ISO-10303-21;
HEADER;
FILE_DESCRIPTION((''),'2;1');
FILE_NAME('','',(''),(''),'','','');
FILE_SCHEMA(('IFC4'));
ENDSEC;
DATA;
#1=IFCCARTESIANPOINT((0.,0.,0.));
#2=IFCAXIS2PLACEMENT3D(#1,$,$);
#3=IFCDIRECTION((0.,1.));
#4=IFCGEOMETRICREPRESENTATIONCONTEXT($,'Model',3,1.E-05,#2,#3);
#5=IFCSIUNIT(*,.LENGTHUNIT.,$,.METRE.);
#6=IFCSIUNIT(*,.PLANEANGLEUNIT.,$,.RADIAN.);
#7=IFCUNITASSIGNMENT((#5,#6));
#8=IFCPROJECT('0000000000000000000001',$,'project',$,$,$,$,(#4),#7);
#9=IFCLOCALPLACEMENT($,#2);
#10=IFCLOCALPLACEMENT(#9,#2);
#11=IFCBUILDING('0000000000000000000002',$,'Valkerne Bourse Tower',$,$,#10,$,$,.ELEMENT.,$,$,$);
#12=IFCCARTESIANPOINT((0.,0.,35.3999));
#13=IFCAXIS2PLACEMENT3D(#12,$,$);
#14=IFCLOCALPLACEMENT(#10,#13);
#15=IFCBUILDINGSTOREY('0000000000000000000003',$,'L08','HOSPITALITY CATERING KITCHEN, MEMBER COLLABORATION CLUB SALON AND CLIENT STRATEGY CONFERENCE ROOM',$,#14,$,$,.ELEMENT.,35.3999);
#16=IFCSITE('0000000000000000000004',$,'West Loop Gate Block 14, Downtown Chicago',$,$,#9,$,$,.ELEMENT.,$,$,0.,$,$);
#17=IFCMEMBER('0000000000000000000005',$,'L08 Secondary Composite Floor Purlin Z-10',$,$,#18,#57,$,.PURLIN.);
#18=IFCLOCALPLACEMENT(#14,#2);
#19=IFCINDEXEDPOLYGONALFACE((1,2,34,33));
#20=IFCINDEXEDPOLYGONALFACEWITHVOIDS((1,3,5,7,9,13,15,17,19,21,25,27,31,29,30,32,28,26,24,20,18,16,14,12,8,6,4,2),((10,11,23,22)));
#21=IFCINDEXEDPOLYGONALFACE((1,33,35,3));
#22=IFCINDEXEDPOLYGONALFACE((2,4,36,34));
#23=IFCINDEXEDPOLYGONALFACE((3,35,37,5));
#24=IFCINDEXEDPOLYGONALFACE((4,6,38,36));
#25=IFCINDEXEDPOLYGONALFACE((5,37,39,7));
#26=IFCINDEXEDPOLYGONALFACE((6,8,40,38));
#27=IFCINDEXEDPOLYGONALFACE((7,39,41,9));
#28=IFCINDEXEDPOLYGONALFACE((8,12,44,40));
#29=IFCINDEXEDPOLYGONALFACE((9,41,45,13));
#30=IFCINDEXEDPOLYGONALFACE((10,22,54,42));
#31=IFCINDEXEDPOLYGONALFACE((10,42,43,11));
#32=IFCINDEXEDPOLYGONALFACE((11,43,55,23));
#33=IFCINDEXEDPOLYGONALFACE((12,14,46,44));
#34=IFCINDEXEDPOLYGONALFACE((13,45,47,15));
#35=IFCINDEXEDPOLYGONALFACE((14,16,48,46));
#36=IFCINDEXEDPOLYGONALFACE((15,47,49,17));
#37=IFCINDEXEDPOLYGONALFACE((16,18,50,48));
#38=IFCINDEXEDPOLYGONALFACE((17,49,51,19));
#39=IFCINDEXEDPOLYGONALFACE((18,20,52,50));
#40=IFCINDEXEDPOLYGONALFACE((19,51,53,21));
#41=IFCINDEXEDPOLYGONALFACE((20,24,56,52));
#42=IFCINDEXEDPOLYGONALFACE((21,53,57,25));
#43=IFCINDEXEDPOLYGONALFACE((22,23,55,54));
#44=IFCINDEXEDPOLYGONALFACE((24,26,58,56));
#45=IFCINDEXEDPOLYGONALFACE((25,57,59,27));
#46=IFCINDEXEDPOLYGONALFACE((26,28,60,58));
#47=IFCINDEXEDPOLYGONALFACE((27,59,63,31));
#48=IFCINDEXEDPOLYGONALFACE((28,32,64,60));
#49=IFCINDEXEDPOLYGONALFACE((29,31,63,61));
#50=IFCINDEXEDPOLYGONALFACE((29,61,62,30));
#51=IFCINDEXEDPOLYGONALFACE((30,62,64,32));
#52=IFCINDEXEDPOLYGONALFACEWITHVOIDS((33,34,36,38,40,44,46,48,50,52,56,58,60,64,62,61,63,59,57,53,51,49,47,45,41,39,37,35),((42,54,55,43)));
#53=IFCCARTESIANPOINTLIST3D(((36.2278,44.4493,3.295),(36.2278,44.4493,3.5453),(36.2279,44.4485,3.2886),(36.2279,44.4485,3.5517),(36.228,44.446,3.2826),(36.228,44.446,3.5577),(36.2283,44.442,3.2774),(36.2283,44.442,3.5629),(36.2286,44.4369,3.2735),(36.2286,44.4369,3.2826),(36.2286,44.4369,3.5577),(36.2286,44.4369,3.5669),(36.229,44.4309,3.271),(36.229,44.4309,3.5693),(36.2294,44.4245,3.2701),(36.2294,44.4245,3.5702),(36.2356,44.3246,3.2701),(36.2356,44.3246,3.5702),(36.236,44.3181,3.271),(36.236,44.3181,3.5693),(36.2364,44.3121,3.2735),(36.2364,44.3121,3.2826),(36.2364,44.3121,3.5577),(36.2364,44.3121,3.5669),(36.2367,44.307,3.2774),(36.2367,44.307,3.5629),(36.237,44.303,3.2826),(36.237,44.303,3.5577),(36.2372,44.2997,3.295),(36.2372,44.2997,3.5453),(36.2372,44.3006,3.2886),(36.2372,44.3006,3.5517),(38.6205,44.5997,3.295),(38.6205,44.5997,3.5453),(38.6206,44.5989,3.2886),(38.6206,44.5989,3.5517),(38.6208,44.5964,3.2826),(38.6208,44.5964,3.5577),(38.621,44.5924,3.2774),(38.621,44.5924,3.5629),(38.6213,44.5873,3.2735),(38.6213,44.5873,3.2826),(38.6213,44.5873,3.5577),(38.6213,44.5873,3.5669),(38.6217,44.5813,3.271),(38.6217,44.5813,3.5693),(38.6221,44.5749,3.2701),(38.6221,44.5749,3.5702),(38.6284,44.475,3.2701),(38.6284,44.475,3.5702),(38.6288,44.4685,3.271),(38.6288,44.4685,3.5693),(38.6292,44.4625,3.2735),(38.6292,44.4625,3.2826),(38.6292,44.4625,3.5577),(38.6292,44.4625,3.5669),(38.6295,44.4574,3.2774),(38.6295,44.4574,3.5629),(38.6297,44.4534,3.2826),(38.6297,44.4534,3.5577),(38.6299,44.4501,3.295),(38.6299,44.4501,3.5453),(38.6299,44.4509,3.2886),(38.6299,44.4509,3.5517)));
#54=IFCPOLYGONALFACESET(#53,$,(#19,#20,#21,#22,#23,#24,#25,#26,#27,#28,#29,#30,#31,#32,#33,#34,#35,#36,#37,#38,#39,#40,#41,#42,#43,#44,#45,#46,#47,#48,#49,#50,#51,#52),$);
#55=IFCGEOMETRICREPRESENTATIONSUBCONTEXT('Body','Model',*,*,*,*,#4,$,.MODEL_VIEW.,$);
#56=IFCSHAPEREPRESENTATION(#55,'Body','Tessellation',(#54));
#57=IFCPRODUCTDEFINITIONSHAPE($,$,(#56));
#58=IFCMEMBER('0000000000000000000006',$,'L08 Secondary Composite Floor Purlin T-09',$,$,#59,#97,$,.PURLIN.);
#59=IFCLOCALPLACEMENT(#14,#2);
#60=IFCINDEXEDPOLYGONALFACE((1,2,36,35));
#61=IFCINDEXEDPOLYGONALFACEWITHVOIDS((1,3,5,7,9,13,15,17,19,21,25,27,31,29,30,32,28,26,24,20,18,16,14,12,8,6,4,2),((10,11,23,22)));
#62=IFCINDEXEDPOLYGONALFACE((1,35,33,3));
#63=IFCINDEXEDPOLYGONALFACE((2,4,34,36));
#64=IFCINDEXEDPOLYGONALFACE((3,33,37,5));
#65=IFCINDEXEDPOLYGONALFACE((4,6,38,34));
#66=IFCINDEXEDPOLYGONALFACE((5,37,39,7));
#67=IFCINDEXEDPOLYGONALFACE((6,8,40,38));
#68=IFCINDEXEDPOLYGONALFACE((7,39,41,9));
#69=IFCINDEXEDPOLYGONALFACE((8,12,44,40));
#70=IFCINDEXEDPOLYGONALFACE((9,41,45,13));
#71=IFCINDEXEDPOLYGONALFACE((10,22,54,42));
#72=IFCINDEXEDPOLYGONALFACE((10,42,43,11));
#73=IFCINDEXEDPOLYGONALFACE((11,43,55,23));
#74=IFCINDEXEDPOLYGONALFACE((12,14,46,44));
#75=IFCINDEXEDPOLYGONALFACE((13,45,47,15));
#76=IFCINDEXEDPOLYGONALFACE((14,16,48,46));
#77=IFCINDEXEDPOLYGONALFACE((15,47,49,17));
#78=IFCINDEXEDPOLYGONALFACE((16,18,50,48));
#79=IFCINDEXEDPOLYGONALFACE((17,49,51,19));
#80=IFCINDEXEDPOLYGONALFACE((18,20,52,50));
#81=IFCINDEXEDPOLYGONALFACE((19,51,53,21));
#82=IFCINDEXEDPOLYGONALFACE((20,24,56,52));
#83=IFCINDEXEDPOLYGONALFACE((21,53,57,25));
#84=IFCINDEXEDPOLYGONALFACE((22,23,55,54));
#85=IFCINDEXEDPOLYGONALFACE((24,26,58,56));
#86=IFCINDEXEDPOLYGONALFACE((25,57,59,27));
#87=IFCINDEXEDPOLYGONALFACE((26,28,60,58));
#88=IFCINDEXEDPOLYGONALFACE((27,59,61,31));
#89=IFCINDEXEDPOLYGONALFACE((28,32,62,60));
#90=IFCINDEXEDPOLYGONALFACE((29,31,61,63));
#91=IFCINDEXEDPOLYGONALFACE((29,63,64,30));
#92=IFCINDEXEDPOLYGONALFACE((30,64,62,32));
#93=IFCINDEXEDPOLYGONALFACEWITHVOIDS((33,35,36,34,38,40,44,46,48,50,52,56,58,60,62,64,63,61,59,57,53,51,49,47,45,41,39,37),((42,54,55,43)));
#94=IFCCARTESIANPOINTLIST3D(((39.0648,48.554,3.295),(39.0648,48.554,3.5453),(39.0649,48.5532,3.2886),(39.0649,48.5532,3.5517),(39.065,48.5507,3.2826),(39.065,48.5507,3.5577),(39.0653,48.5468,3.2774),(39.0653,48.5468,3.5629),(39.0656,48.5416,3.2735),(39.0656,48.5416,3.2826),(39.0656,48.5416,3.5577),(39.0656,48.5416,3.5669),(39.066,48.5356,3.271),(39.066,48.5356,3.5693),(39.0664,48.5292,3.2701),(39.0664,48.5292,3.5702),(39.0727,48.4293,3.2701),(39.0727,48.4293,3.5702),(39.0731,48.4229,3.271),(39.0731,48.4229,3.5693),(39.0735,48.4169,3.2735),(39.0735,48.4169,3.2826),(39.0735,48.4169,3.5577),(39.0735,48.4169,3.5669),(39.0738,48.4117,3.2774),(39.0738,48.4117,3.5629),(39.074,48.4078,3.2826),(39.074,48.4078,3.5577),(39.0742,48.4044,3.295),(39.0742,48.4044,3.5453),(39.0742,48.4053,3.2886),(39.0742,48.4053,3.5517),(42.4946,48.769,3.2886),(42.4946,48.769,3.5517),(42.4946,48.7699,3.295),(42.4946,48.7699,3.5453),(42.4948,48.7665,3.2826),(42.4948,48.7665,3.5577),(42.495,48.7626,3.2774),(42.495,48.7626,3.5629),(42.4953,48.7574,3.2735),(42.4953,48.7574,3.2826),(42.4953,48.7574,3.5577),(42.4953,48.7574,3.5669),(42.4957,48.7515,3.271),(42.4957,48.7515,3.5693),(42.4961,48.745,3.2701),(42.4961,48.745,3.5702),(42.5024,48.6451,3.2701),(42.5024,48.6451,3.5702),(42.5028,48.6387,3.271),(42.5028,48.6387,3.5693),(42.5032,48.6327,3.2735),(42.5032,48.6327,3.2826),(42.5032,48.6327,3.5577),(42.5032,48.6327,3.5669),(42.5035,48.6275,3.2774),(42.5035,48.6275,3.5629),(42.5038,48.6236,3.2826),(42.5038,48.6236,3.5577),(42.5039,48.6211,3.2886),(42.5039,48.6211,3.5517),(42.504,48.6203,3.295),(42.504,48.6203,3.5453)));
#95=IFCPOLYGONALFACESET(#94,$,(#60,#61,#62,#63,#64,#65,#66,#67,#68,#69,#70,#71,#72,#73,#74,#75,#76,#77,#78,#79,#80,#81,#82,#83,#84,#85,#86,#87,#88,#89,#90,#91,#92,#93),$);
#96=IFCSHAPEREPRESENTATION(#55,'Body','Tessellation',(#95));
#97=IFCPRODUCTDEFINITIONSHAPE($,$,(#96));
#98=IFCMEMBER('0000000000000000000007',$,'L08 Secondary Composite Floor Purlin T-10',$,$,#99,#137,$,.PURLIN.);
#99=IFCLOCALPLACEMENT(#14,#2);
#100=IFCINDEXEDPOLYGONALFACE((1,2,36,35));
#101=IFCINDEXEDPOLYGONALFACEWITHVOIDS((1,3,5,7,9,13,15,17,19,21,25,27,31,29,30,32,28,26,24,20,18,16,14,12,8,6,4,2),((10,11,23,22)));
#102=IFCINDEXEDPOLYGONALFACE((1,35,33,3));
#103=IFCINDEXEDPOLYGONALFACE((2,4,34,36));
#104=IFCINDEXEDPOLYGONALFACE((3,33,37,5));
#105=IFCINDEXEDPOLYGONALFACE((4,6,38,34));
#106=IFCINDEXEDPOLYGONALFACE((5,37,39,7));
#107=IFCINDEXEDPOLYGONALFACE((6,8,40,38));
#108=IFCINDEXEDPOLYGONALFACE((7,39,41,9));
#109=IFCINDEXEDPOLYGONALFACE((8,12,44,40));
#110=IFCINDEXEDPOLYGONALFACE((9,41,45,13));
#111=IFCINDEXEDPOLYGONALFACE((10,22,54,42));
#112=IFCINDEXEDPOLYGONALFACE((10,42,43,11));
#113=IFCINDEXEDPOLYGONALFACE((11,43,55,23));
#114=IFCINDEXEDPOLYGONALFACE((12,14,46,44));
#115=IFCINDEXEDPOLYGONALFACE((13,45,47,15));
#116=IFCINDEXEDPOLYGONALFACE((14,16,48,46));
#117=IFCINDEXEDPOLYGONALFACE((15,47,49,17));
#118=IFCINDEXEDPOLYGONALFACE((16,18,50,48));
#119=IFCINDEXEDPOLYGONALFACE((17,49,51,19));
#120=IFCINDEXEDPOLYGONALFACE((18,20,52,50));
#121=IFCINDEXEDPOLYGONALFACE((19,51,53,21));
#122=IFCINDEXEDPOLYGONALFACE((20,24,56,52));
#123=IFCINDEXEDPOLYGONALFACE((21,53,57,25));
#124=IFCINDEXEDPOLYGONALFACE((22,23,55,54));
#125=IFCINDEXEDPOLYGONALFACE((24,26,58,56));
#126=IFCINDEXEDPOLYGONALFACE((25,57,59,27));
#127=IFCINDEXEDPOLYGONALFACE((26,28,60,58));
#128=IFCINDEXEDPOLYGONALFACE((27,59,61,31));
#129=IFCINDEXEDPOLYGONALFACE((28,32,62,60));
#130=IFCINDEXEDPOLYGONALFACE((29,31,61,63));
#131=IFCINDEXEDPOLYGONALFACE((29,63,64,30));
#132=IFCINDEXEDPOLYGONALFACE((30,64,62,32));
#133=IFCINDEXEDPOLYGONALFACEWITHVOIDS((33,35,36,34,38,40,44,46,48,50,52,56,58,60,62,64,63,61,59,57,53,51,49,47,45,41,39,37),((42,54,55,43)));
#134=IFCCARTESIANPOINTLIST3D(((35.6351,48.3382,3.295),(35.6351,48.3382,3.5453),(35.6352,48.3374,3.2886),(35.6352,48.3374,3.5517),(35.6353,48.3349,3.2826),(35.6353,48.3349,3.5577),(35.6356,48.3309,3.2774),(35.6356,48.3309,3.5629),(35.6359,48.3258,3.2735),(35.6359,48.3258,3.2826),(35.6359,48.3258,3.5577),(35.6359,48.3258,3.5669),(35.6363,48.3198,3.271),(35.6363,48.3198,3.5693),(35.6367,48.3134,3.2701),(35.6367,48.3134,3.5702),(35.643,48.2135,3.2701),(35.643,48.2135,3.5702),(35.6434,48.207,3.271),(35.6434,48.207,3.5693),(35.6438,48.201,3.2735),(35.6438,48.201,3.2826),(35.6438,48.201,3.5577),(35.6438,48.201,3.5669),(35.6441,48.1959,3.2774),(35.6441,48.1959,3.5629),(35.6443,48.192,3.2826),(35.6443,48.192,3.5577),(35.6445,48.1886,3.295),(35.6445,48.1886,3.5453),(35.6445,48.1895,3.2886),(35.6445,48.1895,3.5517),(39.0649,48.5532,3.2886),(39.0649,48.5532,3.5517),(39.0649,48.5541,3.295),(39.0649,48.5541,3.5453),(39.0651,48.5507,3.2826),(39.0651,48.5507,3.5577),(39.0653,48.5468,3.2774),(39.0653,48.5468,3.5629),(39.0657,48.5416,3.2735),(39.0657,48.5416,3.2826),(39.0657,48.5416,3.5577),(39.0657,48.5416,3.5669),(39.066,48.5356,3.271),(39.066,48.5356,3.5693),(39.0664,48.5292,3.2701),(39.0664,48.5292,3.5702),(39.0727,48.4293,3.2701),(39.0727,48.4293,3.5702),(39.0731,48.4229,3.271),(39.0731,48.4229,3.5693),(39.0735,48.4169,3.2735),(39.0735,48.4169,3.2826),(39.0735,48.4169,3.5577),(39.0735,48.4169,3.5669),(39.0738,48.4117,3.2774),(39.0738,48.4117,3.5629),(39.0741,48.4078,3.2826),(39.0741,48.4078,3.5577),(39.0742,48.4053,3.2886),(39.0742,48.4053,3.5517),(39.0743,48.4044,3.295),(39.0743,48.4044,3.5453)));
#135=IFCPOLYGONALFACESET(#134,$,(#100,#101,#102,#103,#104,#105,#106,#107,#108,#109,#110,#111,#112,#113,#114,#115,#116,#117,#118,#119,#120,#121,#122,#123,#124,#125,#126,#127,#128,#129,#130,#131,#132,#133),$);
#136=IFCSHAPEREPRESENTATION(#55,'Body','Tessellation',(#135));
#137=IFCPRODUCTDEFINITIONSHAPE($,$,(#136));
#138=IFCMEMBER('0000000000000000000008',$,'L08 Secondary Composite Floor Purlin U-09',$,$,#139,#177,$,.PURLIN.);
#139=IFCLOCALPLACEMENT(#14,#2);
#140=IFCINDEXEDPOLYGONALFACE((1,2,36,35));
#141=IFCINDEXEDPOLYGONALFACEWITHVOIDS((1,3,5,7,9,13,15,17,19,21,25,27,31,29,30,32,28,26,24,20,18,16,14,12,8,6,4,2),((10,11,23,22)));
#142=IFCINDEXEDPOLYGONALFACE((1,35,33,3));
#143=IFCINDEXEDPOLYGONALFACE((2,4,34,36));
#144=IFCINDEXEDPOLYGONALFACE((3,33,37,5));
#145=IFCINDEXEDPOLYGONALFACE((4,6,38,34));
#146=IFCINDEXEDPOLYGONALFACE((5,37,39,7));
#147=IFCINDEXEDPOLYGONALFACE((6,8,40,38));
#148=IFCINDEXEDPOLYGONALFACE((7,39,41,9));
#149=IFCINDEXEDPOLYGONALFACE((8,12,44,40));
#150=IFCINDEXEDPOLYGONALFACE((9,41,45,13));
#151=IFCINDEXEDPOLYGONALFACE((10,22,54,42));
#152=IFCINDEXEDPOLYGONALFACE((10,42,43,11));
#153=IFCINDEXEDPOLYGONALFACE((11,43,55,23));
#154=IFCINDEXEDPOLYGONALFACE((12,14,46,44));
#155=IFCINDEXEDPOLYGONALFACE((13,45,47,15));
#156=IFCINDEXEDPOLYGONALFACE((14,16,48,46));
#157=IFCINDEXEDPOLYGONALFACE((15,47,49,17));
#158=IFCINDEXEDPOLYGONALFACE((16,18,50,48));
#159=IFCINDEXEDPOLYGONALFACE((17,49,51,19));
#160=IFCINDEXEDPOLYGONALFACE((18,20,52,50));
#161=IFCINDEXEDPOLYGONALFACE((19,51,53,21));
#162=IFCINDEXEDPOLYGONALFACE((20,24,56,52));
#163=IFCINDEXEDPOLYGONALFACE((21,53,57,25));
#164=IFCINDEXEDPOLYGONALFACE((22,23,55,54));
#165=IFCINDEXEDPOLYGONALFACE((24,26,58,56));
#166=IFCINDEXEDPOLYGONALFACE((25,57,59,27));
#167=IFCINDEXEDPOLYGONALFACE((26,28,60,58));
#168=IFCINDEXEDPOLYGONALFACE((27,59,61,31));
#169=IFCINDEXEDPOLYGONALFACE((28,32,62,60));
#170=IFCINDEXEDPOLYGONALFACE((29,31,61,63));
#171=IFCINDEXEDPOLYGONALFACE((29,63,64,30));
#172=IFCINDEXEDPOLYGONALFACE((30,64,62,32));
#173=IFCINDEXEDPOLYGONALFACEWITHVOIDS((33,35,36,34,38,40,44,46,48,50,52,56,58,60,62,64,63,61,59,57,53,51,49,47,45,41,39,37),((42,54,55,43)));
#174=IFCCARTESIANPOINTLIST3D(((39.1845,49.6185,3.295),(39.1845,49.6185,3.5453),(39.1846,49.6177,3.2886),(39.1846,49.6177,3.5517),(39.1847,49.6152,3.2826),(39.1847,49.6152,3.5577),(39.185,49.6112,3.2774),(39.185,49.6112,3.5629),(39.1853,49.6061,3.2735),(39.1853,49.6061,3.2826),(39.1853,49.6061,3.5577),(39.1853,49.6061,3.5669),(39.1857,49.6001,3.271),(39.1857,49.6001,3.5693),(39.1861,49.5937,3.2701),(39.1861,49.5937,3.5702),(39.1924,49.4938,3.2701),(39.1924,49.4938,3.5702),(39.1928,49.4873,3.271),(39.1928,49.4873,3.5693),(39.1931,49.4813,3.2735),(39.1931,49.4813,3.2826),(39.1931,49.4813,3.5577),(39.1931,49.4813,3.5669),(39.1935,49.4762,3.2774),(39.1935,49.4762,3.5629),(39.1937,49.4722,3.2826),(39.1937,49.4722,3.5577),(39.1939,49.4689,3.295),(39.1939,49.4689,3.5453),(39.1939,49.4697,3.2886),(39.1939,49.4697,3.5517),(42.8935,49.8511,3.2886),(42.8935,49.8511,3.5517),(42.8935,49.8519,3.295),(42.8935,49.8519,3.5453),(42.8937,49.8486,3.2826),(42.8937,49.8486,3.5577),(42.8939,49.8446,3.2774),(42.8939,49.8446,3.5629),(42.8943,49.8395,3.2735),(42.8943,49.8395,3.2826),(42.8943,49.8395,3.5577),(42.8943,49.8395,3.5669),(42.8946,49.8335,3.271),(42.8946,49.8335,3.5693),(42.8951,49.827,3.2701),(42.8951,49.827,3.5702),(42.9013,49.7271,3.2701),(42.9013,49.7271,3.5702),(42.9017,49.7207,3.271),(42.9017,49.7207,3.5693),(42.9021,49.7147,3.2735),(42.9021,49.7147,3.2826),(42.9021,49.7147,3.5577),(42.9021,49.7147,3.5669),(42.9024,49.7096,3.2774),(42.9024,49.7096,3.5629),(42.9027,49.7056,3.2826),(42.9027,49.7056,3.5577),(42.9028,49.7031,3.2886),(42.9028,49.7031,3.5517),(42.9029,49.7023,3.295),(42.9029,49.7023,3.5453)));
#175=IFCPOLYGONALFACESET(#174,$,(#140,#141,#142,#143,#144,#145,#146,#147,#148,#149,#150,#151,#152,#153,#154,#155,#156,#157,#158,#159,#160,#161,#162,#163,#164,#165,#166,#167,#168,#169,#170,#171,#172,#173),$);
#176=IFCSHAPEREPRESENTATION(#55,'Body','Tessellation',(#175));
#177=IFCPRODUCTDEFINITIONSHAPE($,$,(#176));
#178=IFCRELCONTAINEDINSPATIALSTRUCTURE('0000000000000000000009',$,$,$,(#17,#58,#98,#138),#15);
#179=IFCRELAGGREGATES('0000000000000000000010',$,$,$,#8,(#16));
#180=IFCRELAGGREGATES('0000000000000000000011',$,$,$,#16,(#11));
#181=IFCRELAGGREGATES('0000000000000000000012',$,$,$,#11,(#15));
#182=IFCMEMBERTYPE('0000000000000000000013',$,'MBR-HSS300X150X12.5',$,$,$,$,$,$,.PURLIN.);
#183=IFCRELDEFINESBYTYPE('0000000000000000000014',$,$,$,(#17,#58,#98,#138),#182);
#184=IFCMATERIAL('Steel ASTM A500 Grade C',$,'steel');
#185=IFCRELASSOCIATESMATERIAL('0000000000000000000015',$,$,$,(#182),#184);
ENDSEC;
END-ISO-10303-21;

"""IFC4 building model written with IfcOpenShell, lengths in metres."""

from ifc_helpers import new_model, si_unit, direction, frame, origin, origin_2d, place, context, subcontext, project, spatial, hollow_rectangle, extrude, material, material_profile, profile_set, type_object, element, save


model = new_model("IFC4")

# Units and contexts
model_context = context("Model", 3, precision=1e-05, world=origin(), true_north=direction((0.0, 1.0)))
body_context = subcontext(model_context, "Body", "Model", "MODEL_VIEW")
ifc_project = project(units=[si_unit("LENGTHUNIT", "METRE"), si_unit("PLANEANGLEUNIT", "RADIAN")], contexts=[model_context])

# Site, building, storey
site_placement = place(None, origin())
site = spatial("IfcSite", under=ifc_project, at=site_placement, Name="West Loop Gate Block 14, Downtown Chicago", CompositionType="ELEMENT", RefElevation=0.0)
building_placement = place(site_placement, origin())
building = spatial("IfcBuilding", under=site, at=building_placement, Name="Valkerne Bourse Tower", CompositionType="ELEMENT")
storey_placement = place(building_placement, frame((0.0, 0.0, 35.3999)))
storey = spatial("IfcBuildingStorey", under=building, at=storey_placement, Name="L08", Description="HOSPITALITY CATERING KITCHEN, MEMBER COLLABORATION CLUB SALON AND CLIENT STRATEGY CONFERENCE ROOM", CompositionType="ELEMENT", Elevation=35.3999)

# Members
ifc_material_1 = material(Name="Steel ASTM A500 Grade C", Category="steel")
ifc_material_profile_1 = material_profile(ifc_material_1, hollow_rectangle(XDim=0.1499, YDim=0.3, WallThickness=0.0125, OuterFilletRadius=0.0249, at=origin_2d()), Name="HSS300X150X12.5")
ifc_profile_set_1 = profile_set([ifc_material_profile_1], Name="Steel ASTM A500 Grade C")
member_type_1 = type_object("IfcMemberType", Name="MBR-HSS300X150X12.5", PredefinedType="PURLIN", material=ifc_profile_set_1)
for number, where, z_axis, x_axis, name in (
    (1, (38.6252, 44.5249, 3.4202), (-0.998031, -0.062727, 0.0), (0.062727, -0.998031, 0.0), "L08 Secondary Composite Floor Purlin Z-10"),
):
    element("IfcMember", number, at=place(storey_placement, frame(where, z_axis=z_axis, x_axis=x_axis)), inside=storey, type_object=member_type_1, Name=name, PredefinedType="PURLIN", context=body_context, shape_type="SweptSolid", body=[
        extrude(hollow_rectangle(XDim=0.1499, YDim=0.3, WallThickness=0.0125, OuterFilletRadius=0.0249, at=origin_2d()), origin(), (0.0, 0.0, 1.0), 2.3975),
    ])
for number, where, z_axis, x_axis, name in (
    (2, (42.4993, 48.6951, 3.4202), (-0.998026, -0.062803, 0.0), (0.062803, -0.998026, 0.0), "L08 Secondary Composite Floor Purlin T-09"),
    (3, (39.0696, 48.4792, 3.4202), (-0.998026, -0.062803, 0.0), (0.062803, -0.998026, 0.0), "L08 Secondary Composite Floor Purlin T-10"),
):
    element("IfcMember", number, at=place(storey_placement, frame(where, z_axis=z_axis, x_axis=x_axis)), inside=storey, type_object=member_type_1, Name=name, PredefinedType="PURLIN", context=body_context, shape_type="SweptSolid", body=[
        extrude(hollow_rectangle(XDim=0.1499, YDim=0.3, WallThickness=0.0125, OuterFilletRadius=0.0249, at=origin_2d()), origin(), (0.0, 0.0, 1.0), 3.4365),
    ])
for number, where, z_axis, x_axis, name in (
    (4, (42.8982, 49.7771, 3.4202), (-0.998026, -0.062804, 0.0), (0.062804, -0.998026, 0.0), "L08 Secondary Composite Floor Purlin U-09"),
):
    element("IfcMember", number, at=place(storey_placement, frame(where, z_axis=z_axis, x_axis=x_axis)), inside=storey, type_object=member_type_1, Name=name, PredefinedType="PURLIN", context=body_context, shape_type="SweptSolid", body=[
        extrude(hollow_rectangle(XDim=0.1499, YDim=0.3, WallThickness=0.0125, OuterFilletRadius=0.0249, at=origin_2d()), origin(), (0.0, 0.0, 1.0), 3.7163),
    ])

save(model, "model.ifc")
